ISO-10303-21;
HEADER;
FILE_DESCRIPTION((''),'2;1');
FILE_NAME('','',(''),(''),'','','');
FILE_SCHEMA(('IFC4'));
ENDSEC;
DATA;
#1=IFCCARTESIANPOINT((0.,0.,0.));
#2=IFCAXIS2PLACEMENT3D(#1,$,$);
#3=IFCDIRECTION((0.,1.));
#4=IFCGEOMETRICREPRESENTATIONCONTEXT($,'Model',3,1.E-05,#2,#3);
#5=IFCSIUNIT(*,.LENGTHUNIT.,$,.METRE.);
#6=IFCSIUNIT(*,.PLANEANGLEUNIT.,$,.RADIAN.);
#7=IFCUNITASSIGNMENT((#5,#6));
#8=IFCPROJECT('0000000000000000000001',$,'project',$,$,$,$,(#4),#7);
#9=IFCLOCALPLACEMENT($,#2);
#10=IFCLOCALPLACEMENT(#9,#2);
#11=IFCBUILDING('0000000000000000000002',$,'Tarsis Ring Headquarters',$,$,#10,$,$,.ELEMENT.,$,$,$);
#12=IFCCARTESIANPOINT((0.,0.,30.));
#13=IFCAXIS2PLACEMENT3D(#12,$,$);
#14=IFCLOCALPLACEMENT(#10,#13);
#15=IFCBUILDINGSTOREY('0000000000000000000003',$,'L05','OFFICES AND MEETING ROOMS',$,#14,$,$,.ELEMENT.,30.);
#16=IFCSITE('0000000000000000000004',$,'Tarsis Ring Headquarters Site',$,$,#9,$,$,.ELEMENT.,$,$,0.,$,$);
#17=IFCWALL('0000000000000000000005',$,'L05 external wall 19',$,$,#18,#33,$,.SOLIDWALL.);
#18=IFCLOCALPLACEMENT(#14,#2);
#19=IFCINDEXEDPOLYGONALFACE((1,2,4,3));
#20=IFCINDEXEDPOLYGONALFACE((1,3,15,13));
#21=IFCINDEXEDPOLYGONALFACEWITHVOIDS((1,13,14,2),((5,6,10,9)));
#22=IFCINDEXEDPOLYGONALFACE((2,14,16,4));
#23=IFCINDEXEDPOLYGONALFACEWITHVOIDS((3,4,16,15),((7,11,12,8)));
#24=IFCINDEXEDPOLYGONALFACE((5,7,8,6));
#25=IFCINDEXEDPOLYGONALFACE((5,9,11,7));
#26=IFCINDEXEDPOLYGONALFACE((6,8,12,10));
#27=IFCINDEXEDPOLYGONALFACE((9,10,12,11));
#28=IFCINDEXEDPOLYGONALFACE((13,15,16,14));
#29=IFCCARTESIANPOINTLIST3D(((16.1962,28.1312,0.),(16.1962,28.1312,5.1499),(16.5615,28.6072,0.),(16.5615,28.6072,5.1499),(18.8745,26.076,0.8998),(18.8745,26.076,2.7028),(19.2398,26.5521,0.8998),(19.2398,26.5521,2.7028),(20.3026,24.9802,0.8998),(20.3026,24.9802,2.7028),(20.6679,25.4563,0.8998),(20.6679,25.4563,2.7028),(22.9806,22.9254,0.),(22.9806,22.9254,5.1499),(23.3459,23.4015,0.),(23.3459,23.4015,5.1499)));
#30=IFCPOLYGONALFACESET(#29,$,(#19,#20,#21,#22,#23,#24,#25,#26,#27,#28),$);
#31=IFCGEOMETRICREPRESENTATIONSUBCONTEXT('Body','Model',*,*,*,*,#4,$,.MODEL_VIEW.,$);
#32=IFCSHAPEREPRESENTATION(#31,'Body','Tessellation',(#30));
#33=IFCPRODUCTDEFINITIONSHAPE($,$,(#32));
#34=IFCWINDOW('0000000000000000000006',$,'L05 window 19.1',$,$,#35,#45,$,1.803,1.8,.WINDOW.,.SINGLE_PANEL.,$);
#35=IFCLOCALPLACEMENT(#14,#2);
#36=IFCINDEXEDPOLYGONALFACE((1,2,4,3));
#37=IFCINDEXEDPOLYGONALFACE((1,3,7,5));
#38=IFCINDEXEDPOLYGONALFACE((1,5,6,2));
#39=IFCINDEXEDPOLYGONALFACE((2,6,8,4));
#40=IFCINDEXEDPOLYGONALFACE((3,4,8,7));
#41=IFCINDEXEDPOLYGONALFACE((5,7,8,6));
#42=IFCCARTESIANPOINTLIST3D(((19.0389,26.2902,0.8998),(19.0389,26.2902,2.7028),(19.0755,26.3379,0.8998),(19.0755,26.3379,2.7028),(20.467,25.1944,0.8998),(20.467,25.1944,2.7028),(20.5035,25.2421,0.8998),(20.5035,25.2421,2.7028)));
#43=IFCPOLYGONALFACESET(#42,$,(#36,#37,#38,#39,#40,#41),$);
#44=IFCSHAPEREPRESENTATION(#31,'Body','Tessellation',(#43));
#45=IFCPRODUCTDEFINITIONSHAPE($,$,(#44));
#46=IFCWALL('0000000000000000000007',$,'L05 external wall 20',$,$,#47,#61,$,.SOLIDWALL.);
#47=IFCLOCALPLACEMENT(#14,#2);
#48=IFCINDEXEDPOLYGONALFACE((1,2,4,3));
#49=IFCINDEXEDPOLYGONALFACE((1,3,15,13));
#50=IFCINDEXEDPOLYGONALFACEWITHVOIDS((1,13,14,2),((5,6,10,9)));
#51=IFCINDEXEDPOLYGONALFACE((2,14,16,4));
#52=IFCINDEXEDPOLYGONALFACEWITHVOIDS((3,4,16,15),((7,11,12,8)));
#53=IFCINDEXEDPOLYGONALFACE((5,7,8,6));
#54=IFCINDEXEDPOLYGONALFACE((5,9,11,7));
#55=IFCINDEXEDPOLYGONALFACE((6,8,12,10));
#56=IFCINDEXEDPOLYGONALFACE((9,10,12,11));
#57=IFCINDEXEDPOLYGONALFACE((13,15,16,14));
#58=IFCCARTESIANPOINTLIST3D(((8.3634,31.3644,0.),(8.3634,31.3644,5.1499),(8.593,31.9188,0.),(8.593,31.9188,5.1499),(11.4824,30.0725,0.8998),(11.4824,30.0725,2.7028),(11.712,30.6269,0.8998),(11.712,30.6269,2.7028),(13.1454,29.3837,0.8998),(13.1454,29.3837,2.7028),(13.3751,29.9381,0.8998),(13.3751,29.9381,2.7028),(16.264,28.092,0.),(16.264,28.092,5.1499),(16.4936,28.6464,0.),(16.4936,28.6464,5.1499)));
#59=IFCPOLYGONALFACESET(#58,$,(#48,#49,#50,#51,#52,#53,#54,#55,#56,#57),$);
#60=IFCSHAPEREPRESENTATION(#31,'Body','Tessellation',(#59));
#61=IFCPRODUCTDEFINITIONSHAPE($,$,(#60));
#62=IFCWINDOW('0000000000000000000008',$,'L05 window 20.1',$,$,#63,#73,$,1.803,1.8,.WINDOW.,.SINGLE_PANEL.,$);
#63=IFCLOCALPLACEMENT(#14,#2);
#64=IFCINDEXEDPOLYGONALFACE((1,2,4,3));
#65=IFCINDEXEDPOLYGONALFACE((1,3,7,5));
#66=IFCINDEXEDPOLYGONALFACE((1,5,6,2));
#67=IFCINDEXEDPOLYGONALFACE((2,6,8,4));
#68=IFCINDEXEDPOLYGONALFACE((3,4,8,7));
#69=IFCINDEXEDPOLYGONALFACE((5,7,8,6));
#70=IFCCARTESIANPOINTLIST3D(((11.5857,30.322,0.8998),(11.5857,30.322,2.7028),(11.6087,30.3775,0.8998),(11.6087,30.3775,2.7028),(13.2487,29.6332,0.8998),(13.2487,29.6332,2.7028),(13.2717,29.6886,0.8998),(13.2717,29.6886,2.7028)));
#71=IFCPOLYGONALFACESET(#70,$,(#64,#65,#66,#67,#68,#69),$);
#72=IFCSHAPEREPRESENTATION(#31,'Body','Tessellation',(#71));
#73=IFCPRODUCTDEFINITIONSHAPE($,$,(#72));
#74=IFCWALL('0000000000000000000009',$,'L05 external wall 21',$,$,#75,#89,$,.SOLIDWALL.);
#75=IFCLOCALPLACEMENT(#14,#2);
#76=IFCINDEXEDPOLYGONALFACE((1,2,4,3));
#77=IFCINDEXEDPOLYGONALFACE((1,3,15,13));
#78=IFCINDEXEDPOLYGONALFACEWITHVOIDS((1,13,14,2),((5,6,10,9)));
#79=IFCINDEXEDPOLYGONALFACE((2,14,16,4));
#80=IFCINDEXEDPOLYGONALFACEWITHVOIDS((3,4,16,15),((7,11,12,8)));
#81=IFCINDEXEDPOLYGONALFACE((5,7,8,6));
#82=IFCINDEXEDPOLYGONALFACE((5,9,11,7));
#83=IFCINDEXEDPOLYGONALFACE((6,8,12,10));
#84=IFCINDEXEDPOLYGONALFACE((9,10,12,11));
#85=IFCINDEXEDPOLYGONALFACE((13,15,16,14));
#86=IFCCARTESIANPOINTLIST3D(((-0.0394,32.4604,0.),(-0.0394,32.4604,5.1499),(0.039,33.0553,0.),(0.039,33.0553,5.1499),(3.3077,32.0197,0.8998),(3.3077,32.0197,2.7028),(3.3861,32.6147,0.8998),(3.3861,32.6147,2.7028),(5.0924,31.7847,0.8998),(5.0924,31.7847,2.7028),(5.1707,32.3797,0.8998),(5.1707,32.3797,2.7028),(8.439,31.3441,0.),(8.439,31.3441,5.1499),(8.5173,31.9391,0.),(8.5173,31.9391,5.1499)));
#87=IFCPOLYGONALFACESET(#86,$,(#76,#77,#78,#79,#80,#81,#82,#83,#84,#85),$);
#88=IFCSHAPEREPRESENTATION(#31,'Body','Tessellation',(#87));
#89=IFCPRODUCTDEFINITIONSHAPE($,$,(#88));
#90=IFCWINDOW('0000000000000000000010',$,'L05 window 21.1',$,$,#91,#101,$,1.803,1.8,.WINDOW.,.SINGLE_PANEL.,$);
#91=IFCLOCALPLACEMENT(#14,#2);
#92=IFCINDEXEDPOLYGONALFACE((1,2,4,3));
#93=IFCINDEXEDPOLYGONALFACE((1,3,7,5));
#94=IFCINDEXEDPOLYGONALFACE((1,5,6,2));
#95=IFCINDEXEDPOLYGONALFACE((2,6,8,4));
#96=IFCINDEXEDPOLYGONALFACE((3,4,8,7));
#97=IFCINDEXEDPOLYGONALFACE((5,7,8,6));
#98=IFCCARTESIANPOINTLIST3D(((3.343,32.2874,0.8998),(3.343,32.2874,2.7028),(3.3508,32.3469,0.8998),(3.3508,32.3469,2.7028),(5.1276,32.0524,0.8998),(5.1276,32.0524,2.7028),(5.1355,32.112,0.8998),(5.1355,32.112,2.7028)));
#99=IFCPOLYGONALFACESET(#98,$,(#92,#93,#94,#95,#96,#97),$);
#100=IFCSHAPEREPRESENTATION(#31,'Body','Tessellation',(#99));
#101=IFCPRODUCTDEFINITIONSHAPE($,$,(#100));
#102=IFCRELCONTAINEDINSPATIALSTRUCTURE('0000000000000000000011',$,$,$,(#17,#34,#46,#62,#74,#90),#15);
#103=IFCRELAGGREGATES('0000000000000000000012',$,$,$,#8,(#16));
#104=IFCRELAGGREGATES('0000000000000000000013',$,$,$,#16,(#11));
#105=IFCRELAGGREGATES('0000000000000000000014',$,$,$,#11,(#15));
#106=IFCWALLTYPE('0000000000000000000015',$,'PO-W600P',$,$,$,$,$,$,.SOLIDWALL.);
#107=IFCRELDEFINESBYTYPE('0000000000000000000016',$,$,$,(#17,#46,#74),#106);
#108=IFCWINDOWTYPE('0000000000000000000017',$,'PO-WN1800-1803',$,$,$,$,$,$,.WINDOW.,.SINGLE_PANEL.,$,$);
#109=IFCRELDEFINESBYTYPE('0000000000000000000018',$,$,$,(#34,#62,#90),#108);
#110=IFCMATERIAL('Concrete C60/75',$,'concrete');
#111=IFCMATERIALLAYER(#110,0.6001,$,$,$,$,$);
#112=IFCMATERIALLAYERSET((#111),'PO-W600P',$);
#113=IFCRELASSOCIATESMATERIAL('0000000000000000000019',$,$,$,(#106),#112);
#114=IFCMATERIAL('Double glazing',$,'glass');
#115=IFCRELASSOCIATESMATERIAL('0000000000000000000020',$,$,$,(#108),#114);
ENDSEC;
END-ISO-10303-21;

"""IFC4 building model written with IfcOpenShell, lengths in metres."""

from ifc_helpers import new_model, si_unit, direction, frame, frame_2d, origin, place, context, subcontext, project, spatial, rectangle, extrude, material, layer, layer_set, type_object, element, fill, save


model = new_model("IFC4")

# Units and contexts
model_context = context("Model", 3, precision=1e-05, world=origin(), true_north=direction((0.0, 1.0)))
body_context = subcontext(model_context, "Body", "Model", "MODEL_VIEW")
ifc_project = project(units=[si_unit("LENGTHUNIT", "METRE"), si_unit("PLANEANGLEUNIT", "RADIAN")], contexts=[model_context])

# Site, building, storey
site_placement = place(None, origin())
site = spatial("IfcSite", under=ifc_project, at=site_placement, Name="Tarsis Ring Headquarters Site", CompositionType="ELEMENT", RefElevation=0.0)
building_placement = place(site_placement, origin())
building = spatial("IfcBuilding", under=site, at=building_placement, Name="Tarsis Ring Headquarters", CompositionType="ELEMENT")
storey_placement = place(building_placement, frame((0.0, 0.0, 30.0)))
storey = spatial("IfcBuildingStorey", under=building, at=storey_placement, Name="L05", Description="OFFICES AND MEETING ROOMS", CompositionType="ELEMENT", Elevation=30.0)

# Walls, openings, windows
ifc_material_1 = material(Name="Concrete C60/75", Category="concrete")
ifc_layer_1 = layer(ifc_material_1, 0.6001)
ifc_layer_set_1 = layer_set([ifc_layer_1], Name="PO-W600P")
wall_type_1 = type_object("IfcWallType", Name="PO-W600P", PredefinedType="SOLIDWALL", material=ifc_layer_set_1)
wall_1_placement = place(storey_placement, frame((23.1633, 23.1633, 0.0), z_axis=(0.0, 0.0, 1.0), x_axis=(-0.793357, 0.608757, 0.0)))
wall_1 = element("IfcWall", 1, at=wall_1_placement, inside=storey, type_object=wall_type_1, Name="L05 external wall 19", PredefinedType="SOLIDWALL", context=body_context, shape_type="SweptSolid", body=[
    extrude(rectangle(XDim=8.5515, YDim=0.6001, at=frame_2d((4.2759, 0.0))), origin(), (0.0, 0.0, 1.0), 5.1499),
])
opening_1_placement = place(wall_1_placement, frame((3.3757, 0.0, 0.8999)))
opening_1 = element("IfcOpeningElement", 2, at=opening_1_placement, cuts=wall_1, PredefinedType="OPENING", context=body_context, shape_type="SweptSolid", body=[
    extrude(rectangle(XDim=1.8, YDim=1.803, at=frame_2d((0.8999, 0.9014))), frame((0.0, 0.3101, 0.0), z_axis=(0.0, -1.0, 0.0), x_axis=(1.0, 0.0, 0.0)), (0.0, 0.0, 1.0), 0.6201),
])
ifc_material_2 = material(Name="Double glazing", Category="glass")
window_type = type_object("IfcWindowType", Name="PO-WN1800-1803", PartitioningType="SINGLE_PANEL", PredefinedType="WINDOW", material=ifc_material_2)
window_1_placement = place(opening_1_placement, origin())
window_1 = element("IfcWindow", 3, at=window_1_placement, inside=storey, type_object=window_type, Name="L05 window 19.1", OverallHeight=1.803, OverallWidth=1.8, PartitioningType="SINGLE_PANEL", PredefinedType="WINDOW", context=body_context, shape_type="SweptSolid", body=[
    extrude(rectangle(XDim=1.8, YDim=1.803, at=frame_2d((0.8999, 0.9014))), frame((0.0, 0.03, 0.0), z_axis=(0.0, -1.0, 0.0), x_axis=(1.0, 0.0, 0.0)), (0.0, 0.0, 1.0), 0.0601),
])
fill(opening_1, window_1)
wall_2_placement = place(storey_placement, frame((16.3789, 28.3691, 0.0), z_axis=(0.0, 0.0, 1.0), x_axis=(-0.923883, 0.382675, 0.0)))
wall_2 = element("IfcWall", 4, at=wall_2_placement, inside=storey, type_object=wall_type_1, Name="L05 external wall 20", PredefinedType="SOLIDWALL", context=body_context, shape_type="SweptSolid", body=[
    extrude(rectangle(XDim=8.5515, YDim=0.6001, at=frame_2d((4.2759, 0.0))), origin(), (0.0, 0.0, 1.0), 5.1499),
])
opening_2_placement = place(wall_2_placement, frame((3.3757, 0.0, 0.8999)))
opening_2 = element("IfcOpeningElement", 5, at=opening_2_placement, cuts=wall_2, PredefinedType="OPENING", context=body_context, shape_type="SweptSolid", body=[
    extrude(rectangle(XDim=1.8, YDim=1.803, at=frame_2d((0.8999, 0.9014))), frame((0.0, 0.3101, 0.0), z_axis=(0.0, -1.0, 0.0), x_axis=(1.0, 0.0, 0.0)), (0.0, 0.0, 1.0), 0.6201),
])
window_2_placement = place(opening_2_placement, origin())
window_2 = element("IfcWindow", 6, at=window_2_placement, inside=storey, type_object=window_type, Name="L05 window 20.1", OverallHeight=1.803, OverallWidth=1.8, PartitioningType="SINGLE_PANEL", PredefinedType="WINDOW", context=body_context, shape_type="SweptSolid", body=[
    extrude(rectangle(XDim=1.8, YDim=1.803, at=frame_2d((0.8999, 0.9014))), frame((0.0, 0.03, 0.0), z_axis=(0.0, -1.0, 0.0), x_axis=(1.0, 0.0, 0.0)), (0.0, 0.0, 1.0), 0.0601),
])
fill(opening_2, window_2)
wall_3_placement = place(storey_placement, frame((8.4783, 31.6416, 0.0), z_axis=(0.0, 0.0, 1.0), x_axis=(-0.991444, 0.130529, 0.0)))
wall_3 = element("IfcWall", 7, at=wall_3_placement, inside=storey, type_object=wall_type_1, Name="L05 external wall 21", PredefinedType="SOLIDWALL", context=body_context, shape_type="SweptSolid", body=[
    extrude(rectangle(XDim=8.5515, YDim=0.6001, at=frame_2d((4.2759, 0.0))), origin(), (0.0, 0.0, 1.0), 5.1499),
])
opening_3_placement = place(wall_3_placement, frame((3.3757, 0.0, 0.8999)))
opening_3 = element("IfcOpeningElement", 8, at=opening_3_placement, cuts=wall_3, PredefinedType="OPENING", context=body_context, shape_type="SweptSolid", body=[
    extrude(rectangle(XDim=1.8, YDim=1.803, at=frame_2d((0.8999, 0.9014))), frame((0.0, 0.3101, 0.0), z_axis=(0.0, -1.0, 0.0), x_axis=(1.0, 0.0, 0.0)), (0.0, 0.0, 1.0), 0.6201),
])
window_3_placement = place(opening_3_placement, origin())
window_3 = element("IfcWindow", 9, at=window_3_placement, inside=storey, type_object=window_type, Name="L05 window 21.1", OverallHeight=1.803, OverallWidth=1.8, PartitioningType="SINGLE_PANEL", PredefinedType="WINDOW", context=body_context, shape_type="SweptSolid", body=[
    extrude(rectangle(XDim=1.8, YDim=1.803, at=frame_2d((0.8999, 0.9014))), frame((0.0, 0.03, 0.0), z_axis=(0.0, -1.0, 0.0), x_axis=(1.0, 0.0, 0.0)), (0.0, 0.0, 1.0), 0.0601),
])
fill(opening_3, window_3)

save(model, "model.ifc")
